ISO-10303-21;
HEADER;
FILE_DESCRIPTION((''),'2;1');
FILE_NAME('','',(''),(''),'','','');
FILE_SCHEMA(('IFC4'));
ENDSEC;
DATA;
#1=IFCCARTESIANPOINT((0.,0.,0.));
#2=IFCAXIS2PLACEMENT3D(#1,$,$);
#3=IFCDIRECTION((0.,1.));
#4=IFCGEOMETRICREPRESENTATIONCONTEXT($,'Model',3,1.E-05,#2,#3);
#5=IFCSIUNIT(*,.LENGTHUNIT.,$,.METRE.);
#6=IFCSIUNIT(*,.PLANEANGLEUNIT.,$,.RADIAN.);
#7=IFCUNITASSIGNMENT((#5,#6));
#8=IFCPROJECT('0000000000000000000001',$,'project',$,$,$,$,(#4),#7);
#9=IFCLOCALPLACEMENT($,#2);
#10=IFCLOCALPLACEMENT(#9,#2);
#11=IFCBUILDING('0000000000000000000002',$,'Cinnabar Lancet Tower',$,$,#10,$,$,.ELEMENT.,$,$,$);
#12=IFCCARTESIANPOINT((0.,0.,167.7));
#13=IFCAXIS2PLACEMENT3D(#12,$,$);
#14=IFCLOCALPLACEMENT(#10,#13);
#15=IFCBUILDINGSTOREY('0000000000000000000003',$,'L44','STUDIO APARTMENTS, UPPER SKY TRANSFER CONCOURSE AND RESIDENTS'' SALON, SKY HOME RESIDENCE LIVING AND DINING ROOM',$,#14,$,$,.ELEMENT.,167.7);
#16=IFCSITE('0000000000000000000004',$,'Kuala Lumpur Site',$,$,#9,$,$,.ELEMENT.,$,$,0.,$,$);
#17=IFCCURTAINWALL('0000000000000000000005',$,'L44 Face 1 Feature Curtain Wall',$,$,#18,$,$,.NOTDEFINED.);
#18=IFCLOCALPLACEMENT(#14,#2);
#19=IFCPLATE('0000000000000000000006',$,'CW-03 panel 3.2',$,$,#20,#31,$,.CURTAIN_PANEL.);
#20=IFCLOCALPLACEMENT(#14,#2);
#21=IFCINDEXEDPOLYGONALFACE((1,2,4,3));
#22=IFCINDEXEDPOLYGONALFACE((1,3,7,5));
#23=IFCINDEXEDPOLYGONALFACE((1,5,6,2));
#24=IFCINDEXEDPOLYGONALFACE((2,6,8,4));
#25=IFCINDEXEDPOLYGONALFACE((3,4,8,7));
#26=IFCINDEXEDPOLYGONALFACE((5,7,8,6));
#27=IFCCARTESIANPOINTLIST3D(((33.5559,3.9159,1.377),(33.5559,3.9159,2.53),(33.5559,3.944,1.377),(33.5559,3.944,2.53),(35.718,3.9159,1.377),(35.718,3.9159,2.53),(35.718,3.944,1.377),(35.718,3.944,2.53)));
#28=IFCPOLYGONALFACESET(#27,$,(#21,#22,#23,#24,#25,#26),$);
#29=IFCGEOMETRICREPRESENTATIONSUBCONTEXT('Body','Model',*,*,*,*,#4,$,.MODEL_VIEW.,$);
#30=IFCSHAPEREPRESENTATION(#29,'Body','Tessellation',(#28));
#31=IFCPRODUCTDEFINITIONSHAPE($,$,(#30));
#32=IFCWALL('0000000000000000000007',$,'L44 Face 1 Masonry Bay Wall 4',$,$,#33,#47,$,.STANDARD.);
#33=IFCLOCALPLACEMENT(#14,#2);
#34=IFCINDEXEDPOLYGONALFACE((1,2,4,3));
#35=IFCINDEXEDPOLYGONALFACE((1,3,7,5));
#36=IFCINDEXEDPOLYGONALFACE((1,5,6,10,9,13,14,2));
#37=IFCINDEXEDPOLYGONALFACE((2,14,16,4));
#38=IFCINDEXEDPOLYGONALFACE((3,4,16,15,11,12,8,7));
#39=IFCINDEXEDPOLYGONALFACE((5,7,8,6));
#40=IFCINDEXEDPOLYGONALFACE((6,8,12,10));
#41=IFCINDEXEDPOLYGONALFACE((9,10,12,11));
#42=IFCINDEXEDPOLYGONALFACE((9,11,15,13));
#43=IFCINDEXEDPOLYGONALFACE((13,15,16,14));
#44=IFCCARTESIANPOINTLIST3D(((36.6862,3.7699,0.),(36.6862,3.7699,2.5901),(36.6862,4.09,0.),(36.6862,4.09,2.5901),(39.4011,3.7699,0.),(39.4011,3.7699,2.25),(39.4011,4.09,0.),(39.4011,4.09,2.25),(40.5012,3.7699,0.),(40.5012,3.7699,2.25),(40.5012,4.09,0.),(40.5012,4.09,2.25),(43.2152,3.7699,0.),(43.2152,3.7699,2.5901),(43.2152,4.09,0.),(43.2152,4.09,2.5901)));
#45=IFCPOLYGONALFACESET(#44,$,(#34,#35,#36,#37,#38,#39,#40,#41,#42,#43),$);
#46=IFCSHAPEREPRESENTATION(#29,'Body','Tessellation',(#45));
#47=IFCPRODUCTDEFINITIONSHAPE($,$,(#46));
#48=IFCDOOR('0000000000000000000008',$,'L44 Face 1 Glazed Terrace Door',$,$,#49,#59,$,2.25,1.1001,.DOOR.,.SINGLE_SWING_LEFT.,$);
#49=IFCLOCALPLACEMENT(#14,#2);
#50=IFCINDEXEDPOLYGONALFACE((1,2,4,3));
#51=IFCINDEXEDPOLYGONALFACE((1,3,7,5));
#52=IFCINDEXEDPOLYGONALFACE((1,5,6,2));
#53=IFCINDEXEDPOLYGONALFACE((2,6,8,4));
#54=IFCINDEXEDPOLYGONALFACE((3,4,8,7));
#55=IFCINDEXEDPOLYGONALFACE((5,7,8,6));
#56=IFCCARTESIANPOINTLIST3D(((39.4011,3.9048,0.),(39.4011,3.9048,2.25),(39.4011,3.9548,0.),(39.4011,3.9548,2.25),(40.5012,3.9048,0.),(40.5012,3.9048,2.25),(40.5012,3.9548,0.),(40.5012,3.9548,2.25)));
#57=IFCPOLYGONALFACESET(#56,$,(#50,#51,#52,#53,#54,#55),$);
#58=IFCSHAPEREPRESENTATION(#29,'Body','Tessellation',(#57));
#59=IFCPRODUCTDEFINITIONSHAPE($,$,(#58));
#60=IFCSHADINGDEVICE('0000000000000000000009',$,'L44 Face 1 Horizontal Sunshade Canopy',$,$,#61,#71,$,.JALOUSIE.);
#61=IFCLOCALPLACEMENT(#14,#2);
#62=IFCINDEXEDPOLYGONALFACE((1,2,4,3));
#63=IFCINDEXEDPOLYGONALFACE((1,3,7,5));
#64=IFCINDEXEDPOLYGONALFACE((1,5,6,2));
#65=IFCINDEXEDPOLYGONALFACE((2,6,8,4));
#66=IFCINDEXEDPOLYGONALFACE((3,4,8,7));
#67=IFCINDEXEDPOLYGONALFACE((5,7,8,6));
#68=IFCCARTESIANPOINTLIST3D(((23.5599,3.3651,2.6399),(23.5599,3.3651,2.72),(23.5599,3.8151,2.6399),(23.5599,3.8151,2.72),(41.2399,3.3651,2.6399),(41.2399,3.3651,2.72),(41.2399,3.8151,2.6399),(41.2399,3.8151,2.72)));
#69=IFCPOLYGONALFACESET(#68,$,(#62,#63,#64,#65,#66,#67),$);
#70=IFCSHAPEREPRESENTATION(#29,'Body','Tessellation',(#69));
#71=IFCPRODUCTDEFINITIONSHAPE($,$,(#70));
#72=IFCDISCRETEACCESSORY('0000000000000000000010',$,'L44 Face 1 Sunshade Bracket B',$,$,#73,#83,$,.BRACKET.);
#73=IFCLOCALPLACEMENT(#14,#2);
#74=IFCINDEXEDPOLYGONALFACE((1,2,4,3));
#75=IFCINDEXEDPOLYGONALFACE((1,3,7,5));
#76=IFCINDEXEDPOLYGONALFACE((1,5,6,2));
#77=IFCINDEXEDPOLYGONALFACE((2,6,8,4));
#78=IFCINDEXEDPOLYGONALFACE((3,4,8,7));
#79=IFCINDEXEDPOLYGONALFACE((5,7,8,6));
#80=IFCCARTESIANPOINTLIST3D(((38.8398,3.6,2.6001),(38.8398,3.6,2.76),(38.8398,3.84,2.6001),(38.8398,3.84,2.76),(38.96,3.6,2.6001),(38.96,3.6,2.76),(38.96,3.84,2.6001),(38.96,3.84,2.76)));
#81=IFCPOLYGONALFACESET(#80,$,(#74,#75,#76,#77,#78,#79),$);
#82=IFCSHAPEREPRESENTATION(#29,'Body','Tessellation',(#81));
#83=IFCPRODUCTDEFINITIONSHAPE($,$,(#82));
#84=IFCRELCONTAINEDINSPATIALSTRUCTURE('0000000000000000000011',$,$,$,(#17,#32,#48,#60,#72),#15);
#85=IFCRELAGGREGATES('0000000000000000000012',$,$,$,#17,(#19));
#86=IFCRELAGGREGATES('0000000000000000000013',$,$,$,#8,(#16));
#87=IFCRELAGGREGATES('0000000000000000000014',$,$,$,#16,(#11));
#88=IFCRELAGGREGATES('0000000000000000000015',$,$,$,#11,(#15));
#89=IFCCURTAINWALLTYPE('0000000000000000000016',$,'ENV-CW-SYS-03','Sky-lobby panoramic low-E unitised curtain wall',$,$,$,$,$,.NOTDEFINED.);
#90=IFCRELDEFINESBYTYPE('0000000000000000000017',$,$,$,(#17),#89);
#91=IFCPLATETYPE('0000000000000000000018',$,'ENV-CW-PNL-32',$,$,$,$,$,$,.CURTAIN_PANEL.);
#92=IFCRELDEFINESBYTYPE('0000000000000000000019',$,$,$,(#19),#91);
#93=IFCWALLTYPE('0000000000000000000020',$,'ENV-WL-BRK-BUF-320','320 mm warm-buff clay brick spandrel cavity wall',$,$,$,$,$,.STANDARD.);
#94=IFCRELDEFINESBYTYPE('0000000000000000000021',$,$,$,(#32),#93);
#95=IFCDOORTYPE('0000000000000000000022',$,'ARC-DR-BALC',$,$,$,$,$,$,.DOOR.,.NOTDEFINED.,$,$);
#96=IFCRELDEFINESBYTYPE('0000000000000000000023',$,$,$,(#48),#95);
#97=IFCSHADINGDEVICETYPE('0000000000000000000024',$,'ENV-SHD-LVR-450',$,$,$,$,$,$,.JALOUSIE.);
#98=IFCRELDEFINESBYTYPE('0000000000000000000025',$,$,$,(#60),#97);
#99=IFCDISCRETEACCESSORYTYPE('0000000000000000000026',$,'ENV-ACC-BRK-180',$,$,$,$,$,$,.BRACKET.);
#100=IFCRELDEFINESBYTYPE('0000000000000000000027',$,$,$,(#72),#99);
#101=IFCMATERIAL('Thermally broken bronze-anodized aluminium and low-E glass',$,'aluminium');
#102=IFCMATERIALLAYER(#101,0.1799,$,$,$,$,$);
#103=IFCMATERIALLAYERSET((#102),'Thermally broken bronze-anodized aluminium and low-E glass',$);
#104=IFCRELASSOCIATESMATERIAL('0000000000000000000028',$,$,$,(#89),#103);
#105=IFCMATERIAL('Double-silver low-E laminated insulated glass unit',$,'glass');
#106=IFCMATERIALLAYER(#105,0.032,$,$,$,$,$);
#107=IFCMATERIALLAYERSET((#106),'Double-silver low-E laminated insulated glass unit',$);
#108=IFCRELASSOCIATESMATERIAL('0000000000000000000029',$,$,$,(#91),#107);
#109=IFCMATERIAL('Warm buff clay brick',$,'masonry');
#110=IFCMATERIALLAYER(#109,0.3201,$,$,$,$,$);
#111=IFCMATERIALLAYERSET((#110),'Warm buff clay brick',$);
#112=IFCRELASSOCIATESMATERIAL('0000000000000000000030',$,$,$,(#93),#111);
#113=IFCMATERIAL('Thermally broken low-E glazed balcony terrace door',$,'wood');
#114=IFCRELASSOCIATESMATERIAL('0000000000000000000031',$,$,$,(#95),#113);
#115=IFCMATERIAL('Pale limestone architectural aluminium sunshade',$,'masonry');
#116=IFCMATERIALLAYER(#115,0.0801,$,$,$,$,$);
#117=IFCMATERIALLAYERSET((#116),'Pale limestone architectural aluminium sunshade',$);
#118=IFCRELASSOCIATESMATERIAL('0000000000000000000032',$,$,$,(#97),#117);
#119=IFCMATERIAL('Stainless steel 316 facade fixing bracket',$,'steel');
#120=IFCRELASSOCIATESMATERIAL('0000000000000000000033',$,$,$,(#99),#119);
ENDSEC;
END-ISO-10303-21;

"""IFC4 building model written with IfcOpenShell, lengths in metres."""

from ifc_helpers import new_model, si_unit, direction, frame, frame_2d, origin, origin_2d, place, context, subcontext, project, spatial, rectangle, extrude, material, layer, layer_set, type_object, element, fill, aggregate, save


model = new_model("IFC4")

# Units and contexts
model_context = context("Model", 3, precision=1e-05, world=origin(), true_north=direction((0.0, 1.0)))
body_context = subcontext(model_context, "Body", "Model", "MODEL_VIEW")
ifc_project = project(units=[si_unit("LENGTHUNIT", "METRE"), si_unit("PLANEANGLEUNIT", "RADIAN")], contexts=[model_context])

# Site, building, storey
site_placement = place(None, origin())
site = spatial("IfcSite", under=ifc_project, at=site_placement, Name="Kuala Lumpur Site", CompositionType="ELEMENT", RefElevation=0.0)
building_placement = place(site_placement, origin())
building = spatial("IfcBuilding", under=site, at=building_placement, Name="Cinnabar Lancet Tower", CompositionType="ELEMENT")
storey_placement = place(building_placement, frame((0.0, 0.0, 167.7)))
storey = spatial("IfcBuildingStorey", under=building, at=storey_placement, Name="L44", Description="STUDIO APARTMENTS, UPPER SKY TRANSFER CONCOURSE AND RESIDENTS' SALON, SKY HOME RESIDENCE LIVING AND DINING ROOM", CompositionType="ELEMENT", Elevation=167.7)

# Curtain wall
ifc_material_1 = material(Name="Thermally broken bronze-anodized aluminium and low-E glass", Category="aluminium")
ifc_layer_1 = layer(ifc_material_1, 0.1799)
ifc_layer_set_1 = layer_set([ifc_layer_1], Name="Thermally broken bronze-anodized aluminium and low-E glass")
curtain_wall_type = type_object("IfcCurtainWallType", Name="ENV-CW-SYS-03", Description="Sky-lobby panoramic low-E unitised curtain wall", PredefinedType="NOTDEFINED", material=ifc_layer_set_1)
curtain_wall_placement = place(storey_placement, origin())
curtain_wall = element("IfcCurtainWall", 1, at=curtain_wall_placement, inside=storey, type_object=curtain_wall_type, Name="L44 Face 1 Feature Curtain Wall", PredefinedType="NOTDEFINED")

# Plate
ifc_material_2 = material(Name="Double-silver low-E laminated insulated glass unit", Category="glass")
ifc_layer_2 = layer(ifc_material_2, 0.032)
ifc_layer_set_2 = layer_set([ifc_layer_2], Name="Double-silver low-E laminated insulated glass unit")
plate_type = type_object("IfcPlateType", Name="ENV-CW-PNL-32", PredefinedType="CURTAIN_PANEL", material=ifc_layer_set_2)
plate_1_placement = place(storey_placement, frame((34.637, 3.9299, 1.377), z_axis=(0.0, 0.0, 1.0), x_axis=(1.0, 0.0, 0.0)))
plate_1 = element("IfcPlate", 2, at=plate_1_placement, type_object=plate_type, Name="CW-03 panel 3.2", PredefinedType="CURTAIN_PANEL", context=body_context, shape_type="SweptSolid", body=[
    extrude(rectangle(XDim=2.1621, YDim=0.0281, at=origin_2d()), origin(), (0.0, 0.0, 1.0), 1.1531),
])
aggregate(curtain_wall, [plate_1])

# Wall, opening, door
ifc_material_3 = material(Name="Warm buff clay brick", Category="masonry")
ifc_layer_3 = layer(ifc_material_3, 0.3201)
ifc_layer_set_3 = layer_set([ifc_layer_3], Name="Warm buff clay brick")
wall_type = type_object("IfcWallType", Name="ENV-WL-BRK-BUF-320", Description="320 mm warm-buff clay brick spandrel cavity wall", PredefinedType="STANDARD", material=ifc_layer_set_3)
wall_placement = place(storey_placement, frame((36.686, 3.9299, 0.0), z_axis=(0.0, 0.0, 1.0), x_axis=(1.0, 0.0, 0.0)))
wall = element("IfcWall", 3, at=wall_placement, inside=storey, type_object=wall_type, Name="L44 Face 1 Masonry Bay Wall 4", PredefinedType="STANDARD", context=body_context, shape_type="SweptSolid", body=[
    extrude(rectangle(XDim=6.5291, YDim=0.3201, at=frame_2d((3.2646, 0.0))), origin(), (0.0, 0.0, 1.0), 2.5901),
])
opening_placement = place(wall_placement, frame((2.7151, 0.0, 0.0)))
opening = element("IfcOpeningElement", 4, at=opening_placement, cuts=wall, PredefinedType="OPENING", context=body_context, shape_type="SweptSolid", body=[
    extrude(rectangle(XDim=1.1001, YDim=2.25, at=frame_2d((0.55, 1.125))), frame((0.0, 0.1699, 0.0), z_axis=(0.0, -1.0, 0.0), x_axis=(1.0, 0.0, 0.0)), (0.0, 0.0, 1.0), 0.3401),
])
ifc_material_4 = material(Name="Thermally broken low-E glazed balcony terrace door", Category="wood")
door_type = type_object("IfcDoorType", Name="ARC-DR-BALC", OperationType="NOTDEFINED", PredefinedType="DOOR", material=ifc_material_4)
door_placement = place(opening_placement, origin())
door = element("IfcDoor", 5, at=door_placement, inside=storey, type_object=door_type, Name="L44 Face 1 Glazed Terrace Door", OperationType="SINGLE_SWING_LEFT", OverallHeight=2.25, OverallWidth=1.1001, PredefinedType="DOOR", context=body_context, shape_type="SweptSolid", body=[
    extrude(rectangle(XDim=1.1001, YDim=2.25, at=frame_2d((0.55, 1.125))), frame((0.0, 0.0249, 0.0), z_axis=(0.0, -1.0, 0.0), x_axis=(1.0, 0.0, 0.0)), (0.0, 0.0, 1.0), 0.05),
])
fill(opening, door)

# Shading device
ifc_material_5 = material(Name="Pale limestone architectural aluminium sunshade", Category="masonry")
ifc_layer_4 = layer(ifc_material_5, 0.0801)
ifc_layer_set_4 = layer_set([ifc_layer_4], Name="Pale limestone architectural aluminium sunshade")
shading_device_type = type_object("IfcShadingDeviceType", Name="ENV-SHD-LVR-450", PredefinedType="JALOUSIE", material=ifc_layer_set_4)
shading_device_placement = place(storey_placement, frame((32.3999, 3.5901, 2.6399), z_axis=(0.0, 0.0, 1.0), x_axis=(1.0, 0.0, 0.0)))
element("IfcShadingDevice", 6, at=shading_device_placement, inside=storey, type_object=shading_device_type, Name="L44 Face 1 Horizontal Sunshade Canopy", PredefinedType="JALOUSIE", context=body_context, shape_type="SweptSolid", body=[
    extrude(rectangle(XDim=17.6799, YDim=0.45, at=origin_2d()), origin(), (0.0, 0.0, 1.0), 0.0801),
])

# Discrete accessory
ifc_material_6 = material(Name="Stainless steel 316 facade fixing bracket", Category="steel")
discrete_accessory_type = type_object("IfcDiscreteAccessoryType", Name="ENV-ACC-BRK-180", PredefinedType="BRACKET", material=ifc_material_6)
discrete_accessory_placement = place(storey_placement, frame((38.8999, 3.72, 2.6001), z_axis=(0.0, 0.0, 1.0), x_axis=(1.0, 0.0, 0.0)))
element("IfcDiscreteAccessory", 7, at=discrete_accessory_placement, inside=storey, type_object=discrete_accessory_type, Name="L44 Face 1 Sunshade Bracket B", PredefinedType="BRACKET", context=body_context, shape_type="SweptSolid", body=[
    extrude(rectangle(XDim=0.1201, YDim=0.24, at=origin_2d()), origin(), (0.0, 0.0, 1.0), 0.1599),
])

save(model, "model.ifc")
